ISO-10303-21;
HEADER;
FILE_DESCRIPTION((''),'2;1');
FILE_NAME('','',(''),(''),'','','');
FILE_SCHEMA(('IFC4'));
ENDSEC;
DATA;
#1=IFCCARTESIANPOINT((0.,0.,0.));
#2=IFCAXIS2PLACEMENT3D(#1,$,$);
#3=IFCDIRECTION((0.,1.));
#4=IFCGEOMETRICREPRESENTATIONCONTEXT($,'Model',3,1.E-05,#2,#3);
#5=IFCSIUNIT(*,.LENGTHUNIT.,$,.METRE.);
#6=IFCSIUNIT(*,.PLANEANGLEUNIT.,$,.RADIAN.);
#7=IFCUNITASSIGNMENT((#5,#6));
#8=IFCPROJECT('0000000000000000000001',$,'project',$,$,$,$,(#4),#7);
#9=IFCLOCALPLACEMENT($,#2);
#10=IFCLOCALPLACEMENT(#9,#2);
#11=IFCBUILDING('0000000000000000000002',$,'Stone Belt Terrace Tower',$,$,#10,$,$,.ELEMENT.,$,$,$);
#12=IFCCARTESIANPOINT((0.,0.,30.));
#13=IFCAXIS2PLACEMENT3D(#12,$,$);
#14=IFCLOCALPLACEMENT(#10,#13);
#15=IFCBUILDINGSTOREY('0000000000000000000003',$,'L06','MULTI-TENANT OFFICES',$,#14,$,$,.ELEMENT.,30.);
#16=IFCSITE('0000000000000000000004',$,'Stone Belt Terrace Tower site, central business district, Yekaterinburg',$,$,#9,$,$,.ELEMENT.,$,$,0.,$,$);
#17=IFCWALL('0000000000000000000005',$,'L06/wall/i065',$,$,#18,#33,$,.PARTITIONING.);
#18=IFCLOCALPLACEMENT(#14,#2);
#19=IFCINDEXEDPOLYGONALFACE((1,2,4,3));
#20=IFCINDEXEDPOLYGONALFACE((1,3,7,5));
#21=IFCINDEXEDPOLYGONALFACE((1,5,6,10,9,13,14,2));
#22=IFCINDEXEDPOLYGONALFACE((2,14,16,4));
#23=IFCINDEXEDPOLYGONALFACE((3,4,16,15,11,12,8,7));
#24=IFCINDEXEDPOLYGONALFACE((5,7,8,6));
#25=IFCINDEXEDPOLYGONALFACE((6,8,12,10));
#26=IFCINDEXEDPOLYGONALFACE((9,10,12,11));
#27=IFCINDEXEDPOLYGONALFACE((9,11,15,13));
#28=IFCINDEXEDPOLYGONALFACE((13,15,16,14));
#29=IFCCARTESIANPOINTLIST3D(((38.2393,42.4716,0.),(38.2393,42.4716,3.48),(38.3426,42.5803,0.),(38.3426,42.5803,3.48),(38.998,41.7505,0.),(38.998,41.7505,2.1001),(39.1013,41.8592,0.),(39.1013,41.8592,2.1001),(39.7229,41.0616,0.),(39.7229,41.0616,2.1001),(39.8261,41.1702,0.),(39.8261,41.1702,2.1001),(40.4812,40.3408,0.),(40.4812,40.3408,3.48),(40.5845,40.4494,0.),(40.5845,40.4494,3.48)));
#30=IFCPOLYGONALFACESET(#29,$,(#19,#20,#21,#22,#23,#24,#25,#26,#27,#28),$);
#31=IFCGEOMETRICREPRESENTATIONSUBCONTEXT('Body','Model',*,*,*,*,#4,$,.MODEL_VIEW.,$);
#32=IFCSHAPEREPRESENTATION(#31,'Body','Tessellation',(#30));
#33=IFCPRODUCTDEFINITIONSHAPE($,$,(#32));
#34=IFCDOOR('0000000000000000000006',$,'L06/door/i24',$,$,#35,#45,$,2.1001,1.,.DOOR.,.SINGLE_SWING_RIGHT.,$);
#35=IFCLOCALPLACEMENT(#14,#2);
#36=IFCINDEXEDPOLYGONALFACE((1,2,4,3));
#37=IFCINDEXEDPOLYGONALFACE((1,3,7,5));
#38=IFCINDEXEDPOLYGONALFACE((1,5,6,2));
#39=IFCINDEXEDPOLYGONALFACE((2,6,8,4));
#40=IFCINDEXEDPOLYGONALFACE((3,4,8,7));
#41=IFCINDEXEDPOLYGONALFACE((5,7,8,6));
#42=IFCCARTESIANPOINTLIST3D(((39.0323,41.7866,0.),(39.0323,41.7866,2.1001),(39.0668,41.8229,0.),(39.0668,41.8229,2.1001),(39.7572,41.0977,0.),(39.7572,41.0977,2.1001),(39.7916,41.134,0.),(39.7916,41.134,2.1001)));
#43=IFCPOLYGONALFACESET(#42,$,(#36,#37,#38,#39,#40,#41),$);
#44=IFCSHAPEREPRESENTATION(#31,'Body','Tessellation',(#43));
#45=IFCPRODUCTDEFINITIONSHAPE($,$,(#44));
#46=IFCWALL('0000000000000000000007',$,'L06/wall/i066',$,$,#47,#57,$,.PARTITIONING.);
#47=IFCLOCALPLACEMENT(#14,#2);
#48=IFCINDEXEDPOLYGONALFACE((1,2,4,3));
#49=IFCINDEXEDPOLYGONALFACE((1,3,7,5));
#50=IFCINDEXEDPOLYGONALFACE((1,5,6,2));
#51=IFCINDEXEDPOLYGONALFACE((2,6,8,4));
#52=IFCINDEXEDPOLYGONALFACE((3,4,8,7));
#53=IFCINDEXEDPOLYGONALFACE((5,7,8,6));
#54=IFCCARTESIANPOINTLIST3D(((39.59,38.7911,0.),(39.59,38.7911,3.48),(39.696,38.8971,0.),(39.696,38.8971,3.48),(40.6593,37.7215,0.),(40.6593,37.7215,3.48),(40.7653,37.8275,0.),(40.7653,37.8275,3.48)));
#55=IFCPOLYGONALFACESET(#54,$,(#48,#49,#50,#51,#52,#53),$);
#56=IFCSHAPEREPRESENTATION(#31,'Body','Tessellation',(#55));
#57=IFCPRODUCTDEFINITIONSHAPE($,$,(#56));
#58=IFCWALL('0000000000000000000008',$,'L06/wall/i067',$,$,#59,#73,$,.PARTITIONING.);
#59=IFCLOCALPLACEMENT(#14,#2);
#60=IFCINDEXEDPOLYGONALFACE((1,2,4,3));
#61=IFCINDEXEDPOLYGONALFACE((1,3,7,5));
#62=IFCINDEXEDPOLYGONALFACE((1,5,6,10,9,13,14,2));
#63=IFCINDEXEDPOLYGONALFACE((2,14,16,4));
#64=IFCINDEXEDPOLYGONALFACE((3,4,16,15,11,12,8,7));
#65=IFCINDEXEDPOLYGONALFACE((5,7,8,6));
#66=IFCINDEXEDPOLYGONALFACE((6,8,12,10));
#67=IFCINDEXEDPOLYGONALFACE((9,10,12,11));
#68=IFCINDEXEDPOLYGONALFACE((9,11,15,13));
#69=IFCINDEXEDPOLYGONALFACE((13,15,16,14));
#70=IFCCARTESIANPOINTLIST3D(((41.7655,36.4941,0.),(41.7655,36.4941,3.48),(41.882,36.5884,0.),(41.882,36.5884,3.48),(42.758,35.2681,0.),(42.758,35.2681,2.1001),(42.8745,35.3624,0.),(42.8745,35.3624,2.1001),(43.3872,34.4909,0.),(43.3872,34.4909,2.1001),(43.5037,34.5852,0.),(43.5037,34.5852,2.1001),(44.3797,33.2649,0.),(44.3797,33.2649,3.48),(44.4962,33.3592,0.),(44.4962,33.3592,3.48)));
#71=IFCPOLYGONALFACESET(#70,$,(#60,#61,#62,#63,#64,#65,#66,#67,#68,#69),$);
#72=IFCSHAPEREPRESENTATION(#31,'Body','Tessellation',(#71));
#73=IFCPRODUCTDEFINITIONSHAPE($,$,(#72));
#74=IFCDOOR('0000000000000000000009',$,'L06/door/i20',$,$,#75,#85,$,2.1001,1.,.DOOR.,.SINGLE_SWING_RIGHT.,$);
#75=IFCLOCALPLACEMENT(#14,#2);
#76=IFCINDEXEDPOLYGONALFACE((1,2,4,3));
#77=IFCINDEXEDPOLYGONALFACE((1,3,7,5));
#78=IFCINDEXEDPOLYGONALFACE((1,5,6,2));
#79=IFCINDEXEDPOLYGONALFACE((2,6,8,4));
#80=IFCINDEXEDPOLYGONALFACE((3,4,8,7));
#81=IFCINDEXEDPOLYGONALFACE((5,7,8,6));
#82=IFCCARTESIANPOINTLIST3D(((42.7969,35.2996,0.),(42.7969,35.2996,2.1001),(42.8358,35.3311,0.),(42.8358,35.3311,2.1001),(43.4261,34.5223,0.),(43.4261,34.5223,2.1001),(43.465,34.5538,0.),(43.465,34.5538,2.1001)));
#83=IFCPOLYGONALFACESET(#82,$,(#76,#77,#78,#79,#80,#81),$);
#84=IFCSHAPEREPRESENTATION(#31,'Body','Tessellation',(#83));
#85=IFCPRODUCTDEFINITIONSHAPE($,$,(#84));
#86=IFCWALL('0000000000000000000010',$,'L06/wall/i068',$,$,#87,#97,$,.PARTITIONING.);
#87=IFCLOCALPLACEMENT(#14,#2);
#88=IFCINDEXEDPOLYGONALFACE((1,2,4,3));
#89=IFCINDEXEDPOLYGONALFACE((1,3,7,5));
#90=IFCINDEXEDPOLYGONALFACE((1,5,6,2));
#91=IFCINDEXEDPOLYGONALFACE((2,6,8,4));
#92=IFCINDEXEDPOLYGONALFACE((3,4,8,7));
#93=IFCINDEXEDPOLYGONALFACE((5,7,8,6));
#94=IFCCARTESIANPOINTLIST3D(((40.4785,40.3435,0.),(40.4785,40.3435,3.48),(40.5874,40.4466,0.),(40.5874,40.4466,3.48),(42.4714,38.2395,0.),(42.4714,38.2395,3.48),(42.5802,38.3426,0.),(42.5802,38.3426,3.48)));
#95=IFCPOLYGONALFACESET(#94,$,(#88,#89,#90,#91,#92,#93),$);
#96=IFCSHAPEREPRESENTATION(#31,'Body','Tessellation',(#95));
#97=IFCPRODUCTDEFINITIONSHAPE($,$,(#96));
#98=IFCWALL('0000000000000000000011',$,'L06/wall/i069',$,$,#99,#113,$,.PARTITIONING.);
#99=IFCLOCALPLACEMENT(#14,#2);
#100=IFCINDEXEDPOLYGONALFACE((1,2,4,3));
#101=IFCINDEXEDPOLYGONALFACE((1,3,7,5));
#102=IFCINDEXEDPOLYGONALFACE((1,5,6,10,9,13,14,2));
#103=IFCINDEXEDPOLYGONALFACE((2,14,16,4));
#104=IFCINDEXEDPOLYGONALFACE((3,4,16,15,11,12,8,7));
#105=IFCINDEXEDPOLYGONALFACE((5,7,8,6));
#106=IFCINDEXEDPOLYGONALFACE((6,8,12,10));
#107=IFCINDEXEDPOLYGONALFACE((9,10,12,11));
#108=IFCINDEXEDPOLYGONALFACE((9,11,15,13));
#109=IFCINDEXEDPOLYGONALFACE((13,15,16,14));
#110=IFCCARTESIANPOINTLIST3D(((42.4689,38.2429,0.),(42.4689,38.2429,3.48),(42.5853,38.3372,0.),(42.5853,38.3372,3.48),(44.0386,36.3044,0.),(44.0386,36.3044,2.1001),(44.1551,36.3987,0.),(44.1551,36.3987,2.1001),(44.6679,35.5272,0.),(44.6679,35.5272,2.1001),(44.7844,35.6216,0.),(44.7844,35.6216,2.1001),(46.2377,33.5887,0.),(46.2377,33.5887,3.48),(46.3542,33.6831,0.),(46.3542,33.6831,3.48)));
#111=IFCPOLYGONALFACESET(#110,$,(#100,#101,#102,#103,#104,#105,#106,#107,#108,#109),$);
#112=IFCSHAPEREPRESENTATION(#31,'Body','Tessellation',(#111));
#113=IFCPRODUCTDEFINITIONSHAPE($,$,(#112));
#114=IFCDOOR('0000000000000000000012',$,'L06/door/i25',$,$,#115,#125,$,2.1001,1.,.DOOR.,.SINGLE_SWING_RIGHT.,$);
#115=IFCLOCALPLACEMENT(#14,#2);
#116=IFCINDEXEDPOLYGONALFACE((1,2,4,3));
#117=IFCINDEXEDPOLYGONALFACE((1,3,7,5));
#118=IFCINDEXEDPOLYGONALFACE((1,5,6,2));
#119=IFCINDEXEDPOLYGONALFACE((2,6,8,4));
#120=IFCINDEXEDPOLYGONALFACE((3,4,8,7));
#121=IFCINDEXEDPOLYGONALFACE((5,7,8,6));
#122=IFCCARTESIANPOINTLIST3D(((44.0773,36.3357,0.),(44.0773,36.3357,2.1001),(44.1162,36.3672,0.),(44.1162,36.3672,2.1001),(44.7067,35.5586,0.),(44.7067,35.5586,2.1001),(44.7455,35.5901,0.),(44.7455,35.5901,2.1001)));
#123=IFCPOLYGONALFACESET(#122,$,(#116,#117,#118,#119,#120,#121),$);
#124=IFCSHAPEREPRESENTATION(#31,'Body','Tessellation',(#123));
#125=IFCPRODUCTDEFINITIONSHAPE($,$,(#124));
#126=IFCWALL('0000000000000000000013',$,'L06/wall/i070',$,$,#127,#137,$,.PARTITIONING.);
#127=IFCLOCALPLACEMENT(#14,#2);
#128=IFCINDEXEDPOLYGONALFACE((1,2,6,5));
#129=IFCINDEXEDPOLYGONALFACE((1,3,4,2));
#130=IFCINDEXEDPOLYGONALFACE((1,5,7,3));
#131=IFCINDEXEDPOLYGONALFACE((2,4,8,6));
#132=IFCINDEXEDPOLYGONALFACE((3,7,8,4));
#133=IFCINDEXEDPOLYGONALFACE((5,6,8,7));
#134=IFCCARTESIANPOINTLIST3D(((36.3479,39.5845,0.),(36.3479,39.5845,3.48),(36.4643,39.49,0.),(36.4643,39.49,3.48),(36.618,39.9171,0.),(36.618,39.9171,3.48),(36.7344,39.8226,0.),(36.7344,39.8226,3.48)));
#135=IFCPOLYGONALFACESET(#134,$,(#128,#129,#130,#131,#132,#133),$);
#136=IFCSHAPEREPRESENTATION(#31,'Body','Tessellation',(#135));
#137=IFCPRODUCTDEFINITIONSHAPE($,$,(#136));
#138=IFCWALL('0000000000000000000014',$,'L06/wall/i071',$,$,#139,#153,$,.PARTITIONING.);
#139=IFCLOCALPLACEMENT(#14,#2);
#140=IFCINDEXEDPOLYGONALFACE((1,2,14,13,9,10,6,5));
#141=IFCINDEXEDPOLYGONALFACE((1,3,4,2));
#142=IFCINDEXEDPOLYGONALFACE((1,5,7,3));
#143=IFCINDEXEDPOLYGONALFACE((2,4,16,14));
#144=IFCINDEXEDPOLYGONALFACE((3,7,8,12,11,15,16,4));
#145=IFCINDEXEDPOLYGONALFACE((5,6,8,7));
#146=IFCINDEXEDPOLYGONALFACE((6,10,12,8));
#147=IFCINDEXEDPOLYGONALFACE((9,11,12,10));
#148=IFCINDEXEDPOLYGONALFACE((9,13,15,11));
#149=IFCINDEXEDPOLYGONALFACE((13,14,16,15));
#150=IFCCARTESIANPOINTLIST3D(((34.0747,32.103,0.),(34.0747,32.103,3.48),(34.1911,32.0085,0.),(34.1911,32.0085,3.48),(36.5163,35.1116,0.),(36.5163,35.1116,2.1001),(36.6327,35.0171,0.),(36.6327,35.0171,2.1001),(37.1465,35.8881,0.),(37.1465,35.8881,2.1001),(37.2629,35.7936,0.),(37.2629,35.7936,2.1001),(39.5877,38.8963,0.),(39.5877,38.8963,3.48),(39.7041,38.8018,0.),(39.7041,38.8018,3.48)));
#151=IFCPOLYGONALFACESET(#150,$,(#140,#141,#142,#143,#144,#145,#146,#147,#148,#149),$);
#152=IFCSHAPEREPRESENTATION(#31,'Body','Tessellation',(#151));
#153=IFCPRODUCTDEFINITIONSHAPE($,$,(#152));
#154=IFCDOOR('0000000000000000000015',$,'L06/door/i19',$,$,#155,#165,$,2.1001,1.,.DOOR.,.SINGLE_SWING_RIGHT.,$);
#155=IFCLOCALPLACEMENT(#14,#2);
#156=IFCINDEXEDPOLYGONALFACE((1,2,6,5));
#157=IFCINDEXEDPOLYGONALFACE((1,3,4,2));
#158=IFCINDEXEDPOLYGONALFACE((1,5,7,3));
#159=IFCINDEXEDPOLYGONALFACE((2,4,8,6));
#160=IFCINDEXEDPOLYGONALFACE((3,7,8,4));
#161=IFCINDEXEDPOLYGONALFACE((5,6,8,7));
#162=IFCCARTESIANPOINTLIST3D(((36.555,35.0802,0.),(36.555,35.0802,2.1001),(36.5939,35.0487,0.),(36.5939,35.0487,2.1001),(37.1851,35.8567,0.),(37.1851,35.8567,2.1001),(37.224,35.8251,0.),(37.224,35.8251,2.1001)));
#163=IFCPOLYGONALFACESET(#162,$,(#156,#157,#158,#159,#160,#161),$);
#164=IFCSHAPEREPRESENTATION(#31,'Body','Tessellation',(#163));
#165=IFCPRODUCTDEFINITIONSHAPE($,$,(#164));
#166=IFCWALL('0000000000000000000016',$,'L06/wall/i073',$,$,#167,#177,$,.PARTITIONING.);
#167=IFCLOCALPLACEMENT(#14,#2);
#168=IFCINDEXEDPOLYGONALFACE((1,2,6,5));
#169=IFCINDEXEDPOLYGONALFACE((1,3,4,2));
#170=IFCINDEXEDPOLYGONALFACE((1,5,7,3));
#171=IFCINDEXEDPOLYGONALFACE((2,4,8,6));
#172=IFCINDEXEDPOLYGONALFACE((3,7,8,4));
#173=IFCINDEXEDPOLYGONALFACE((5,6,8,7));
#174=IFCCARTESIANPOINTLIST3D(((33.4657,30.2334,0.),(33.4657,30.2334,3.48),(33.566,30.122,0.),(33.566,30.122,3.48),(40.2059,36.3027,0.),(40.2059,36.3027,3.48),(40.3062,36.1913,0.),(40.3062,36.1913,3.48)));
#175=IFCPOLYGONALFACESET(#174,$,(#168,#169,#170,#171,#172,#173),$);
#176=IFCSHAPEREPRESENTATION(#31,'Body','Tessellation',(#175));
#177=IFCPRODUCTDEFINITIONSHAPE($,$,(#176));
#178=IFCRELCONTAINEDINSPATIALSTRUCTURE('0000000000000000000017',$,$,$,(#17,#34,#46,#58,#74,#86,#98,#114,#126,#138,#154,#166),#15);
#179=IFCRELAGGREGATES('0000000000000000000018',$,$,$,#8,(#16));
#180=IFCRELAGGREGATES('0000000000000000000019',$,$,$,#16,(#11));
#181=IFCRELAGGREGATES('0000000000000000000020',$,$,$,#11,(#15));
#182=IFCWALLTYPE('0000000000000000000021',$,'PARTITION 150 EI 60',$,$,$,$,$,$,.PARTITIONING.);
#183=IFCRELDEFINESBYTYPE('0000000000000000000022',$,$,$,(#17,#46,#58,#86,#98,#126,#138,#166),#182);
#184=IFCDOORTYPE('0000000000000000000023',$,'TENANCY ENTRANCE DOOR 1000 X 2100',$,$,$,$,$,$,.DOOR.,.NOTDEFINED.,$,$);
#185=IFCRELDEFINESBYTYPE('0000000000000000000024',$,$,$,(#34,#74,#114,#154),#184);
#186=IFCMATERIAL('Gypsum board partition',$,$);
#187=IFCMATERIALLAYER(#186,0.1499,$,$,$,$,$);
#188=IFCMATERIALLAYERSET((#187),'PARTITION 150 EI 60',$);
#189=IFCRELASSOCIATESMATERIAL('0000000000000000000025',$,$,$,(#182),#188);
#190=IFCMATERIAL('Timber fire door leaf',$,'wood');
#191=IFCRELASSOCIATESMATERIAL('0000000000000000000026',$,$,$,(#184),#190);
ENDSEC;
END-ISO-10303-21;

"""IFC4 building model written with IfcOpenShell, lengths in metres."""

from ifc_helpers import new_model, si_unit, direction, frame, frame_2d, origin, place, context, subcontext, project, spatial, rectangle, extrude, material, layer, layer_set, type_object, element, fill, save


model = new_model("IFC4")

# Units and contexts
model_context = context("Model", 3, precision=1e-05, world=origin(), true_north=direction((0.0, 1.0)))
body_context = subcontext(model_context, "Body", "Model", "MODEL_VIEW")
ifc_project = project(units=[si_unit("LENGTHUNIT", "METRE"), si_unit("PLANEANGLEUNIT", "RADIAN")], contexts=[model_context])

# Site, building, storey
site_placement = place(None, origin())
site = spatial("IfcSite", under=ifc_project, at=site_placement, Name="Stone Belt Terrace Tower site, central business district, Yekaterinburg", CompositionType="ELEMENT", RefElevation=0.0)
building_placement = place(site_placement, origin())
building = spatial("IfcBuilding", under=site, at=building_placement, Name="Stone Belt Terrace Tower", CompositionType="ELEMENT")
storey_placement = place(building_placement, frame((0.0, 0.0, 30.0)))
storey = spatial("IfcBuildingStorey", under=building, at=storey_placement, Name="L06", Description="MULTI-TENANT OFFICES", CompositionType="ELEMENT", Elevation=30.0)

# Shared definitions
ifc_material_1 = material(Name="Gypsum board partition")
ifc_layer_1 = layer(ifc_material_1, 0.1499)
ifc_layer_set_1 = layer_set([ifc_layer_1], Name="PARTITION 150 EI 60")
wall_type_1 = type_object("IfcWallType", Name="PARTITION 150 EI 60", PredefinedType="PARTITIONING", material=ifc_layer_set_1)
ifc_material_2 = material(Name="Timber fire door leaf", Category="wood")

# Shared definitions
door_type_1 = type_object("IfcDoorType", Name="TENANCY ENTRANCE DOOR 1000 X 2100", OperationType="NOTDEFINED", PredefinedType="DOOR", material=ifc_material_2)

# Wall, opening, door
wall_1_placement = place(storey_placement, frame((38.291, 42.5259, 0.0), z_axis=(0.0, 0.0, 1.0), x_axis=(0.724836, -0.688922, 0.0)))
wall_1 = element("IfcWall", 1, at=wall_1_placement, inside=storey, type_object=wall_type_1, Name="L06/wall/i065", PredefinedType="PARTITIONING", context=body_context, shape_type="SweptSolid", body=[
    extrude(rectangle(XDim=3.093, YDim=0.1499, at=frame_2d((1.5464, 0.0))), origin(), (0.0, 0.0, 1.0), 3.48),
])
opening_1_placement = place(wall_1_placement, frame((1.0466, 0.0, 0.0)))
opening_1 = element("IfcOpeningElement", 2, at=opening_1_placement, cuts=wall_1, PredefinedType="OPENING", context=body_context, shape_type="SweptSolid", body=[
    extrude(rectangle(XDim=1.0, YDim=2.1001, at=frame_2d((0.5, 1.05))), frame((0.0, 0.085, 0.0), z_axis=(0.0, -1.0, 0.0), x_axis=(1.0, 0.0, 0.0)), (0.0, 0.0, 1.0), 0.1699),
])
door_1_placement = place(opening_1_placement, origin())
door_1 = element("IfcDoor", 3, at=door_1_placement, inside=storey, type_object=door_type_1, Name="L06/door/i24", OperationType="SINGLE_SWING_RIGHT", OverallHeight=2.1001, OverallWidth=1.0, PredefinedType="DOOR", context=body_context, shape_type="SweptSolid", body=[
    extrude(rectangle(XDim=1.0, YDim=2.1001, at=frame_2d((0.5, 1.05))), frame((0.0, 0.0249, 0.0), z_axis=(0.0, -1.0, 0.0), x_axis=(1.0, 0.0, 0.0)), (0.0, 0.0, 1.0), 0.05),
])
fill(opening_1, door_1)

# Wall
wall_2_placement = place(storey_placement, frame((40.7124, 37.7744, 0.0), z_axis=(0.0, 0.0, 1.0), x_axis=(-0.707026, 0.707187, 0.0)))
element("IfcWall", 4, at=wall_2_placement, inside=storey, type_object=wall_type_1, Name="L06/wall/i066", PredefinedType="PARTITIONING", context=body_context, shape_type="SweptSolid", body=[
    extrude(rectangle(XDim=1.5125, YDim=0.1499, at=frame_2d((0.7563, 0.0))), origin(), (0.0, 0.0, 1.0), 3.48),
])

# Wall, opening, door
wall_3_placement = place(storey_placement, frame((44.438, 33.312, 0.0), z_axis=(0.0, 0.0, 1.0), x_axis=(-0.629213, 0.777233, 0.0)))
wall_3 = element("IfcWall", 5, at=wall_3_placement, inside=storey, type_object=wall_type_1, Name="L06/wall/i067", PredefinedType="PARTITIONING", context=body_context, shape_type="SweptSolid", body=[
    extrude(rectangle(XDim=4.1548, YDim=0.1499, at=frame_2d((2.0774, 0.0))), origin(), (0.0, 0.0, 1.0), 3.48),
])
opening_2_placement = place(wall_3_placement, frame((1.5774, 0.0, 0.0)))
opening_2 = element("IfcOpeningElement", 6, at=opening_2_placement, cuts=wall_3, PredefinedType="OPENING", context=body_context, shape_type="SweptSolid", body=[
    extrude(rectangle(XDim=1.0, YDim=2.1001, at=frame_2d((0.5, 1.05))), frame((0.0, 0.085, 0.0), z_axis=(0.0, -1.0, 0.0), x_axis=(1.0, 0.0, 0.0)), (0.0, 0.0, 1.0), 0.1699),
])
door_2_placement = place(opening_2_placement, origin())
door_2 = element("IfcDoor", 7, at=door_2_placement, inside=storey, type_object=door_type_1, Name="L06/door/i20", OperationType="SINGLE_SWING_RIGHT", OverallHeight=2.1001, OverallWidth=1.0, PredefinedType="DOOR", context=body_context, shape_type="SweptSolid", body=[
    extrude(rectangle(XDim=1.0, YDim=2.1001, at=frame_2d((0.5, 1.05))), frame((0.0, 0.0249, 0.0), z_axis=(0.0, -1.0, 0.0), x_axis=(1.0, 0.0, 0.0)), (0.0, 0.0, 1.0), 0.05),
])
fill(opening_2, door_2)

# Wall
wall_4_placement = place(storey_placement, frame((40.533, 40.395, 0.0), z_axis=(0.0, 0.0, 1.0), x_axis=(0.687682, -0.726012, 0.0)))
element("IfcWall", 8, at=wall_4_placement, inside=storey, type_object=wall_type_1, Name="L06/wall/i068", PredefinedType="PARTITIONING", context=body_context, shape_type="SweptSolid", body=[
    extrude(rectangle(XDim=2.8979, YDim=0.1499, at=frame_2d((1.449, 0.0))), origin(), (0.0, 0.0, 1.0), 3.48),
])

# Wall, opening, door
wall_5_placement = place(storey_placement, frame((42.5271, 38.29, 0.0), z_axis=(0.0, 0.0, 1.0), x_axis=(0.629323, -0.777144, 0.0)))
wall_5 = element("IfcWall", 9, at=wall_5_placement, inside=storey, type_object=wall_type_1, Name="L06/wall/i069", PredefinedType="PARTITIONING", context=body_context, shape_type="SweptSolid", body=[
    extrude(rectangle(XDim=5.9888, YDim=0.1499, at=frame_2d((2.9944, 0.0))), origin(), (0.0, 0.0, 1.0), 3.48),
])
opening_3_placement = place(wall_5_placement, frame((2.4944, 0.0, 0.0)))
opening_3 = element("IfcOpeningElement", 10, at=opening_3_placement, cuts=wall_5, PredefinedType="OPENING", context=body_context, shape_type="SweptSolid", body=[
    extrude(rectangle(XDim=1.0, YDim=2.1001, at=frame_2d((0.5, 1.05))), frame((0.0, 0.085, 0.0), z_axis=(0.0, -1.0, 0.0), x_axis=(1.0, 0.0, 0.0)), (0.0, 0.0, 1.0), 0.1699),
])
door_3_placement = place(opening_3_placement, origin())
door_3 = element("IfcDoor", 11, at=door_3_placement, inside=storey, type_object=door_type_1, Name="L06/door/i25", OperationType="SINGLE_SWING_RIGHT", OverallHeight=2.1001, OverallWidth=1.0, PredefinedType="DOOR", context=body_context, shape_type="SweptSolid", body=[
    extrude(rectangle(XDim=1.0, YDim=2.1001, at=frame_2d((0.5, 1.05))), frame((0.0, 0.0249, 0.0), z_axis=(0.0, -1.0, 0.0), x_axis=(1.0, 0.0, 0.0)), (0.0, 0.0, 1.0), 0.05),
])
fill(opening_3, door_3)

# Wall
wall_6_placement = place(storey_placement, frame((36.406, 39.5371, 0.0), z_axis=(0.0, 0.0, 1.0), x_axis=(0.630378, 0.776288, 0.0)))
element("IfcWall", 12, at=wall_6_placement, inside=storey, type_object=wall_type_1, Name="L06/wall/i070", PredefinedType="PARTITIONING", context=body_context, shape_type="SweptSolid", body=[
    extrude(rectangle(XDim=0.4285, YDim=0.1499, at=frame_2d((0.2144, 0.0))), origin(), (0.0, 0.0, 1.0), 3.48),
])

# Wall, opening, door
wall_7_placement = place(storey_placement, frame((39.646, 38.8491, 0.0), z_axis=(0.0, 0.0, 1.0), x_axis=(-0.630142, -0.77648, 0.0)))
wall_7 = element("IfcWall", 13, at=wall_7_placement, inside=storey, type_object=wall_type_1, Name="L06/wall/i071", PredefinedType="PARTITIONING", context=body_context, shape_type="SweptSolid", body=[
    extrude(rectangle(XDim=8.7488, YDim=0.1499, at=frame_2d((4.3745, 0.0))), origin(), (0.0, 0.0, 1.0), 3.48),
])
opening_4_placement = place(wall_7_placement, frame((3.8743, 0.0, 0.0)))
opening_4 = element("IfcOpeningElement", 14, at=opening_4_placement, cuts=wall_7, PredefinedType="OPENING", context=body_context, shape_type="SweptSolid", body=[
    extrude(rectangle(XDim=1.0, YDim=2.1001, at=frame_2d((0.5, 1.05))), frame((0.0, 0.085, 0.0), z_axis=(0.0, -1.0, 0.0), x_axis=(1.0, 0.0, 0.0)), (0.0, 0.0, 1.0), 0.1699),
])
door_4_placement = place(opening_4_placement, origin())
door_4 = element("IfcDoor", 15, at=door_4_placement, inside=storey, type_object=door_type_1, Name="L06/door/i19", OperationType="SINGLE_SWING_RIGHT", OverallHeight=2.1001, OverallWidth=1.0, PredefinedType="DOOR", context=body_context, shape_type="SweptSolid", body=[
    extrude(rectangle(XDim=1.0, YDim=2.1001, at=frame_2d((0.5, 1.05))), frame((0.0, 0.0249, 0.0), z_axis=(0.0, -1.0, 0.0), x_axis=(1.0, 0.0, 0.0)), (0.0, 0.0, 1.0), 0.05),
])
fill(opening_4, door_4)

# Wall
wall_8_placement = place(storey_placement, frame((40.2561, 36.2471, 0.0), z_axis=(0.0, 0.0, 1.0), x_axis=(-0.743123, -0.669155, 0.0)))
element("IfcWall", 16, at=wall_8_placement, inside=storey, type_object=wall_type_1, Name="L06/wall/i073", PredefinedType="PARTITIONING", context=body_context, shape_type="SweptSolid", body=[
    extrude(rectangle(XDim=9.0701, YDim=0.1499, at=frame_2d((4.5352, 0.0))), origin(), (0.0, 0.0, 1.0), 3.48),
])

save(model, "model.ifc")
